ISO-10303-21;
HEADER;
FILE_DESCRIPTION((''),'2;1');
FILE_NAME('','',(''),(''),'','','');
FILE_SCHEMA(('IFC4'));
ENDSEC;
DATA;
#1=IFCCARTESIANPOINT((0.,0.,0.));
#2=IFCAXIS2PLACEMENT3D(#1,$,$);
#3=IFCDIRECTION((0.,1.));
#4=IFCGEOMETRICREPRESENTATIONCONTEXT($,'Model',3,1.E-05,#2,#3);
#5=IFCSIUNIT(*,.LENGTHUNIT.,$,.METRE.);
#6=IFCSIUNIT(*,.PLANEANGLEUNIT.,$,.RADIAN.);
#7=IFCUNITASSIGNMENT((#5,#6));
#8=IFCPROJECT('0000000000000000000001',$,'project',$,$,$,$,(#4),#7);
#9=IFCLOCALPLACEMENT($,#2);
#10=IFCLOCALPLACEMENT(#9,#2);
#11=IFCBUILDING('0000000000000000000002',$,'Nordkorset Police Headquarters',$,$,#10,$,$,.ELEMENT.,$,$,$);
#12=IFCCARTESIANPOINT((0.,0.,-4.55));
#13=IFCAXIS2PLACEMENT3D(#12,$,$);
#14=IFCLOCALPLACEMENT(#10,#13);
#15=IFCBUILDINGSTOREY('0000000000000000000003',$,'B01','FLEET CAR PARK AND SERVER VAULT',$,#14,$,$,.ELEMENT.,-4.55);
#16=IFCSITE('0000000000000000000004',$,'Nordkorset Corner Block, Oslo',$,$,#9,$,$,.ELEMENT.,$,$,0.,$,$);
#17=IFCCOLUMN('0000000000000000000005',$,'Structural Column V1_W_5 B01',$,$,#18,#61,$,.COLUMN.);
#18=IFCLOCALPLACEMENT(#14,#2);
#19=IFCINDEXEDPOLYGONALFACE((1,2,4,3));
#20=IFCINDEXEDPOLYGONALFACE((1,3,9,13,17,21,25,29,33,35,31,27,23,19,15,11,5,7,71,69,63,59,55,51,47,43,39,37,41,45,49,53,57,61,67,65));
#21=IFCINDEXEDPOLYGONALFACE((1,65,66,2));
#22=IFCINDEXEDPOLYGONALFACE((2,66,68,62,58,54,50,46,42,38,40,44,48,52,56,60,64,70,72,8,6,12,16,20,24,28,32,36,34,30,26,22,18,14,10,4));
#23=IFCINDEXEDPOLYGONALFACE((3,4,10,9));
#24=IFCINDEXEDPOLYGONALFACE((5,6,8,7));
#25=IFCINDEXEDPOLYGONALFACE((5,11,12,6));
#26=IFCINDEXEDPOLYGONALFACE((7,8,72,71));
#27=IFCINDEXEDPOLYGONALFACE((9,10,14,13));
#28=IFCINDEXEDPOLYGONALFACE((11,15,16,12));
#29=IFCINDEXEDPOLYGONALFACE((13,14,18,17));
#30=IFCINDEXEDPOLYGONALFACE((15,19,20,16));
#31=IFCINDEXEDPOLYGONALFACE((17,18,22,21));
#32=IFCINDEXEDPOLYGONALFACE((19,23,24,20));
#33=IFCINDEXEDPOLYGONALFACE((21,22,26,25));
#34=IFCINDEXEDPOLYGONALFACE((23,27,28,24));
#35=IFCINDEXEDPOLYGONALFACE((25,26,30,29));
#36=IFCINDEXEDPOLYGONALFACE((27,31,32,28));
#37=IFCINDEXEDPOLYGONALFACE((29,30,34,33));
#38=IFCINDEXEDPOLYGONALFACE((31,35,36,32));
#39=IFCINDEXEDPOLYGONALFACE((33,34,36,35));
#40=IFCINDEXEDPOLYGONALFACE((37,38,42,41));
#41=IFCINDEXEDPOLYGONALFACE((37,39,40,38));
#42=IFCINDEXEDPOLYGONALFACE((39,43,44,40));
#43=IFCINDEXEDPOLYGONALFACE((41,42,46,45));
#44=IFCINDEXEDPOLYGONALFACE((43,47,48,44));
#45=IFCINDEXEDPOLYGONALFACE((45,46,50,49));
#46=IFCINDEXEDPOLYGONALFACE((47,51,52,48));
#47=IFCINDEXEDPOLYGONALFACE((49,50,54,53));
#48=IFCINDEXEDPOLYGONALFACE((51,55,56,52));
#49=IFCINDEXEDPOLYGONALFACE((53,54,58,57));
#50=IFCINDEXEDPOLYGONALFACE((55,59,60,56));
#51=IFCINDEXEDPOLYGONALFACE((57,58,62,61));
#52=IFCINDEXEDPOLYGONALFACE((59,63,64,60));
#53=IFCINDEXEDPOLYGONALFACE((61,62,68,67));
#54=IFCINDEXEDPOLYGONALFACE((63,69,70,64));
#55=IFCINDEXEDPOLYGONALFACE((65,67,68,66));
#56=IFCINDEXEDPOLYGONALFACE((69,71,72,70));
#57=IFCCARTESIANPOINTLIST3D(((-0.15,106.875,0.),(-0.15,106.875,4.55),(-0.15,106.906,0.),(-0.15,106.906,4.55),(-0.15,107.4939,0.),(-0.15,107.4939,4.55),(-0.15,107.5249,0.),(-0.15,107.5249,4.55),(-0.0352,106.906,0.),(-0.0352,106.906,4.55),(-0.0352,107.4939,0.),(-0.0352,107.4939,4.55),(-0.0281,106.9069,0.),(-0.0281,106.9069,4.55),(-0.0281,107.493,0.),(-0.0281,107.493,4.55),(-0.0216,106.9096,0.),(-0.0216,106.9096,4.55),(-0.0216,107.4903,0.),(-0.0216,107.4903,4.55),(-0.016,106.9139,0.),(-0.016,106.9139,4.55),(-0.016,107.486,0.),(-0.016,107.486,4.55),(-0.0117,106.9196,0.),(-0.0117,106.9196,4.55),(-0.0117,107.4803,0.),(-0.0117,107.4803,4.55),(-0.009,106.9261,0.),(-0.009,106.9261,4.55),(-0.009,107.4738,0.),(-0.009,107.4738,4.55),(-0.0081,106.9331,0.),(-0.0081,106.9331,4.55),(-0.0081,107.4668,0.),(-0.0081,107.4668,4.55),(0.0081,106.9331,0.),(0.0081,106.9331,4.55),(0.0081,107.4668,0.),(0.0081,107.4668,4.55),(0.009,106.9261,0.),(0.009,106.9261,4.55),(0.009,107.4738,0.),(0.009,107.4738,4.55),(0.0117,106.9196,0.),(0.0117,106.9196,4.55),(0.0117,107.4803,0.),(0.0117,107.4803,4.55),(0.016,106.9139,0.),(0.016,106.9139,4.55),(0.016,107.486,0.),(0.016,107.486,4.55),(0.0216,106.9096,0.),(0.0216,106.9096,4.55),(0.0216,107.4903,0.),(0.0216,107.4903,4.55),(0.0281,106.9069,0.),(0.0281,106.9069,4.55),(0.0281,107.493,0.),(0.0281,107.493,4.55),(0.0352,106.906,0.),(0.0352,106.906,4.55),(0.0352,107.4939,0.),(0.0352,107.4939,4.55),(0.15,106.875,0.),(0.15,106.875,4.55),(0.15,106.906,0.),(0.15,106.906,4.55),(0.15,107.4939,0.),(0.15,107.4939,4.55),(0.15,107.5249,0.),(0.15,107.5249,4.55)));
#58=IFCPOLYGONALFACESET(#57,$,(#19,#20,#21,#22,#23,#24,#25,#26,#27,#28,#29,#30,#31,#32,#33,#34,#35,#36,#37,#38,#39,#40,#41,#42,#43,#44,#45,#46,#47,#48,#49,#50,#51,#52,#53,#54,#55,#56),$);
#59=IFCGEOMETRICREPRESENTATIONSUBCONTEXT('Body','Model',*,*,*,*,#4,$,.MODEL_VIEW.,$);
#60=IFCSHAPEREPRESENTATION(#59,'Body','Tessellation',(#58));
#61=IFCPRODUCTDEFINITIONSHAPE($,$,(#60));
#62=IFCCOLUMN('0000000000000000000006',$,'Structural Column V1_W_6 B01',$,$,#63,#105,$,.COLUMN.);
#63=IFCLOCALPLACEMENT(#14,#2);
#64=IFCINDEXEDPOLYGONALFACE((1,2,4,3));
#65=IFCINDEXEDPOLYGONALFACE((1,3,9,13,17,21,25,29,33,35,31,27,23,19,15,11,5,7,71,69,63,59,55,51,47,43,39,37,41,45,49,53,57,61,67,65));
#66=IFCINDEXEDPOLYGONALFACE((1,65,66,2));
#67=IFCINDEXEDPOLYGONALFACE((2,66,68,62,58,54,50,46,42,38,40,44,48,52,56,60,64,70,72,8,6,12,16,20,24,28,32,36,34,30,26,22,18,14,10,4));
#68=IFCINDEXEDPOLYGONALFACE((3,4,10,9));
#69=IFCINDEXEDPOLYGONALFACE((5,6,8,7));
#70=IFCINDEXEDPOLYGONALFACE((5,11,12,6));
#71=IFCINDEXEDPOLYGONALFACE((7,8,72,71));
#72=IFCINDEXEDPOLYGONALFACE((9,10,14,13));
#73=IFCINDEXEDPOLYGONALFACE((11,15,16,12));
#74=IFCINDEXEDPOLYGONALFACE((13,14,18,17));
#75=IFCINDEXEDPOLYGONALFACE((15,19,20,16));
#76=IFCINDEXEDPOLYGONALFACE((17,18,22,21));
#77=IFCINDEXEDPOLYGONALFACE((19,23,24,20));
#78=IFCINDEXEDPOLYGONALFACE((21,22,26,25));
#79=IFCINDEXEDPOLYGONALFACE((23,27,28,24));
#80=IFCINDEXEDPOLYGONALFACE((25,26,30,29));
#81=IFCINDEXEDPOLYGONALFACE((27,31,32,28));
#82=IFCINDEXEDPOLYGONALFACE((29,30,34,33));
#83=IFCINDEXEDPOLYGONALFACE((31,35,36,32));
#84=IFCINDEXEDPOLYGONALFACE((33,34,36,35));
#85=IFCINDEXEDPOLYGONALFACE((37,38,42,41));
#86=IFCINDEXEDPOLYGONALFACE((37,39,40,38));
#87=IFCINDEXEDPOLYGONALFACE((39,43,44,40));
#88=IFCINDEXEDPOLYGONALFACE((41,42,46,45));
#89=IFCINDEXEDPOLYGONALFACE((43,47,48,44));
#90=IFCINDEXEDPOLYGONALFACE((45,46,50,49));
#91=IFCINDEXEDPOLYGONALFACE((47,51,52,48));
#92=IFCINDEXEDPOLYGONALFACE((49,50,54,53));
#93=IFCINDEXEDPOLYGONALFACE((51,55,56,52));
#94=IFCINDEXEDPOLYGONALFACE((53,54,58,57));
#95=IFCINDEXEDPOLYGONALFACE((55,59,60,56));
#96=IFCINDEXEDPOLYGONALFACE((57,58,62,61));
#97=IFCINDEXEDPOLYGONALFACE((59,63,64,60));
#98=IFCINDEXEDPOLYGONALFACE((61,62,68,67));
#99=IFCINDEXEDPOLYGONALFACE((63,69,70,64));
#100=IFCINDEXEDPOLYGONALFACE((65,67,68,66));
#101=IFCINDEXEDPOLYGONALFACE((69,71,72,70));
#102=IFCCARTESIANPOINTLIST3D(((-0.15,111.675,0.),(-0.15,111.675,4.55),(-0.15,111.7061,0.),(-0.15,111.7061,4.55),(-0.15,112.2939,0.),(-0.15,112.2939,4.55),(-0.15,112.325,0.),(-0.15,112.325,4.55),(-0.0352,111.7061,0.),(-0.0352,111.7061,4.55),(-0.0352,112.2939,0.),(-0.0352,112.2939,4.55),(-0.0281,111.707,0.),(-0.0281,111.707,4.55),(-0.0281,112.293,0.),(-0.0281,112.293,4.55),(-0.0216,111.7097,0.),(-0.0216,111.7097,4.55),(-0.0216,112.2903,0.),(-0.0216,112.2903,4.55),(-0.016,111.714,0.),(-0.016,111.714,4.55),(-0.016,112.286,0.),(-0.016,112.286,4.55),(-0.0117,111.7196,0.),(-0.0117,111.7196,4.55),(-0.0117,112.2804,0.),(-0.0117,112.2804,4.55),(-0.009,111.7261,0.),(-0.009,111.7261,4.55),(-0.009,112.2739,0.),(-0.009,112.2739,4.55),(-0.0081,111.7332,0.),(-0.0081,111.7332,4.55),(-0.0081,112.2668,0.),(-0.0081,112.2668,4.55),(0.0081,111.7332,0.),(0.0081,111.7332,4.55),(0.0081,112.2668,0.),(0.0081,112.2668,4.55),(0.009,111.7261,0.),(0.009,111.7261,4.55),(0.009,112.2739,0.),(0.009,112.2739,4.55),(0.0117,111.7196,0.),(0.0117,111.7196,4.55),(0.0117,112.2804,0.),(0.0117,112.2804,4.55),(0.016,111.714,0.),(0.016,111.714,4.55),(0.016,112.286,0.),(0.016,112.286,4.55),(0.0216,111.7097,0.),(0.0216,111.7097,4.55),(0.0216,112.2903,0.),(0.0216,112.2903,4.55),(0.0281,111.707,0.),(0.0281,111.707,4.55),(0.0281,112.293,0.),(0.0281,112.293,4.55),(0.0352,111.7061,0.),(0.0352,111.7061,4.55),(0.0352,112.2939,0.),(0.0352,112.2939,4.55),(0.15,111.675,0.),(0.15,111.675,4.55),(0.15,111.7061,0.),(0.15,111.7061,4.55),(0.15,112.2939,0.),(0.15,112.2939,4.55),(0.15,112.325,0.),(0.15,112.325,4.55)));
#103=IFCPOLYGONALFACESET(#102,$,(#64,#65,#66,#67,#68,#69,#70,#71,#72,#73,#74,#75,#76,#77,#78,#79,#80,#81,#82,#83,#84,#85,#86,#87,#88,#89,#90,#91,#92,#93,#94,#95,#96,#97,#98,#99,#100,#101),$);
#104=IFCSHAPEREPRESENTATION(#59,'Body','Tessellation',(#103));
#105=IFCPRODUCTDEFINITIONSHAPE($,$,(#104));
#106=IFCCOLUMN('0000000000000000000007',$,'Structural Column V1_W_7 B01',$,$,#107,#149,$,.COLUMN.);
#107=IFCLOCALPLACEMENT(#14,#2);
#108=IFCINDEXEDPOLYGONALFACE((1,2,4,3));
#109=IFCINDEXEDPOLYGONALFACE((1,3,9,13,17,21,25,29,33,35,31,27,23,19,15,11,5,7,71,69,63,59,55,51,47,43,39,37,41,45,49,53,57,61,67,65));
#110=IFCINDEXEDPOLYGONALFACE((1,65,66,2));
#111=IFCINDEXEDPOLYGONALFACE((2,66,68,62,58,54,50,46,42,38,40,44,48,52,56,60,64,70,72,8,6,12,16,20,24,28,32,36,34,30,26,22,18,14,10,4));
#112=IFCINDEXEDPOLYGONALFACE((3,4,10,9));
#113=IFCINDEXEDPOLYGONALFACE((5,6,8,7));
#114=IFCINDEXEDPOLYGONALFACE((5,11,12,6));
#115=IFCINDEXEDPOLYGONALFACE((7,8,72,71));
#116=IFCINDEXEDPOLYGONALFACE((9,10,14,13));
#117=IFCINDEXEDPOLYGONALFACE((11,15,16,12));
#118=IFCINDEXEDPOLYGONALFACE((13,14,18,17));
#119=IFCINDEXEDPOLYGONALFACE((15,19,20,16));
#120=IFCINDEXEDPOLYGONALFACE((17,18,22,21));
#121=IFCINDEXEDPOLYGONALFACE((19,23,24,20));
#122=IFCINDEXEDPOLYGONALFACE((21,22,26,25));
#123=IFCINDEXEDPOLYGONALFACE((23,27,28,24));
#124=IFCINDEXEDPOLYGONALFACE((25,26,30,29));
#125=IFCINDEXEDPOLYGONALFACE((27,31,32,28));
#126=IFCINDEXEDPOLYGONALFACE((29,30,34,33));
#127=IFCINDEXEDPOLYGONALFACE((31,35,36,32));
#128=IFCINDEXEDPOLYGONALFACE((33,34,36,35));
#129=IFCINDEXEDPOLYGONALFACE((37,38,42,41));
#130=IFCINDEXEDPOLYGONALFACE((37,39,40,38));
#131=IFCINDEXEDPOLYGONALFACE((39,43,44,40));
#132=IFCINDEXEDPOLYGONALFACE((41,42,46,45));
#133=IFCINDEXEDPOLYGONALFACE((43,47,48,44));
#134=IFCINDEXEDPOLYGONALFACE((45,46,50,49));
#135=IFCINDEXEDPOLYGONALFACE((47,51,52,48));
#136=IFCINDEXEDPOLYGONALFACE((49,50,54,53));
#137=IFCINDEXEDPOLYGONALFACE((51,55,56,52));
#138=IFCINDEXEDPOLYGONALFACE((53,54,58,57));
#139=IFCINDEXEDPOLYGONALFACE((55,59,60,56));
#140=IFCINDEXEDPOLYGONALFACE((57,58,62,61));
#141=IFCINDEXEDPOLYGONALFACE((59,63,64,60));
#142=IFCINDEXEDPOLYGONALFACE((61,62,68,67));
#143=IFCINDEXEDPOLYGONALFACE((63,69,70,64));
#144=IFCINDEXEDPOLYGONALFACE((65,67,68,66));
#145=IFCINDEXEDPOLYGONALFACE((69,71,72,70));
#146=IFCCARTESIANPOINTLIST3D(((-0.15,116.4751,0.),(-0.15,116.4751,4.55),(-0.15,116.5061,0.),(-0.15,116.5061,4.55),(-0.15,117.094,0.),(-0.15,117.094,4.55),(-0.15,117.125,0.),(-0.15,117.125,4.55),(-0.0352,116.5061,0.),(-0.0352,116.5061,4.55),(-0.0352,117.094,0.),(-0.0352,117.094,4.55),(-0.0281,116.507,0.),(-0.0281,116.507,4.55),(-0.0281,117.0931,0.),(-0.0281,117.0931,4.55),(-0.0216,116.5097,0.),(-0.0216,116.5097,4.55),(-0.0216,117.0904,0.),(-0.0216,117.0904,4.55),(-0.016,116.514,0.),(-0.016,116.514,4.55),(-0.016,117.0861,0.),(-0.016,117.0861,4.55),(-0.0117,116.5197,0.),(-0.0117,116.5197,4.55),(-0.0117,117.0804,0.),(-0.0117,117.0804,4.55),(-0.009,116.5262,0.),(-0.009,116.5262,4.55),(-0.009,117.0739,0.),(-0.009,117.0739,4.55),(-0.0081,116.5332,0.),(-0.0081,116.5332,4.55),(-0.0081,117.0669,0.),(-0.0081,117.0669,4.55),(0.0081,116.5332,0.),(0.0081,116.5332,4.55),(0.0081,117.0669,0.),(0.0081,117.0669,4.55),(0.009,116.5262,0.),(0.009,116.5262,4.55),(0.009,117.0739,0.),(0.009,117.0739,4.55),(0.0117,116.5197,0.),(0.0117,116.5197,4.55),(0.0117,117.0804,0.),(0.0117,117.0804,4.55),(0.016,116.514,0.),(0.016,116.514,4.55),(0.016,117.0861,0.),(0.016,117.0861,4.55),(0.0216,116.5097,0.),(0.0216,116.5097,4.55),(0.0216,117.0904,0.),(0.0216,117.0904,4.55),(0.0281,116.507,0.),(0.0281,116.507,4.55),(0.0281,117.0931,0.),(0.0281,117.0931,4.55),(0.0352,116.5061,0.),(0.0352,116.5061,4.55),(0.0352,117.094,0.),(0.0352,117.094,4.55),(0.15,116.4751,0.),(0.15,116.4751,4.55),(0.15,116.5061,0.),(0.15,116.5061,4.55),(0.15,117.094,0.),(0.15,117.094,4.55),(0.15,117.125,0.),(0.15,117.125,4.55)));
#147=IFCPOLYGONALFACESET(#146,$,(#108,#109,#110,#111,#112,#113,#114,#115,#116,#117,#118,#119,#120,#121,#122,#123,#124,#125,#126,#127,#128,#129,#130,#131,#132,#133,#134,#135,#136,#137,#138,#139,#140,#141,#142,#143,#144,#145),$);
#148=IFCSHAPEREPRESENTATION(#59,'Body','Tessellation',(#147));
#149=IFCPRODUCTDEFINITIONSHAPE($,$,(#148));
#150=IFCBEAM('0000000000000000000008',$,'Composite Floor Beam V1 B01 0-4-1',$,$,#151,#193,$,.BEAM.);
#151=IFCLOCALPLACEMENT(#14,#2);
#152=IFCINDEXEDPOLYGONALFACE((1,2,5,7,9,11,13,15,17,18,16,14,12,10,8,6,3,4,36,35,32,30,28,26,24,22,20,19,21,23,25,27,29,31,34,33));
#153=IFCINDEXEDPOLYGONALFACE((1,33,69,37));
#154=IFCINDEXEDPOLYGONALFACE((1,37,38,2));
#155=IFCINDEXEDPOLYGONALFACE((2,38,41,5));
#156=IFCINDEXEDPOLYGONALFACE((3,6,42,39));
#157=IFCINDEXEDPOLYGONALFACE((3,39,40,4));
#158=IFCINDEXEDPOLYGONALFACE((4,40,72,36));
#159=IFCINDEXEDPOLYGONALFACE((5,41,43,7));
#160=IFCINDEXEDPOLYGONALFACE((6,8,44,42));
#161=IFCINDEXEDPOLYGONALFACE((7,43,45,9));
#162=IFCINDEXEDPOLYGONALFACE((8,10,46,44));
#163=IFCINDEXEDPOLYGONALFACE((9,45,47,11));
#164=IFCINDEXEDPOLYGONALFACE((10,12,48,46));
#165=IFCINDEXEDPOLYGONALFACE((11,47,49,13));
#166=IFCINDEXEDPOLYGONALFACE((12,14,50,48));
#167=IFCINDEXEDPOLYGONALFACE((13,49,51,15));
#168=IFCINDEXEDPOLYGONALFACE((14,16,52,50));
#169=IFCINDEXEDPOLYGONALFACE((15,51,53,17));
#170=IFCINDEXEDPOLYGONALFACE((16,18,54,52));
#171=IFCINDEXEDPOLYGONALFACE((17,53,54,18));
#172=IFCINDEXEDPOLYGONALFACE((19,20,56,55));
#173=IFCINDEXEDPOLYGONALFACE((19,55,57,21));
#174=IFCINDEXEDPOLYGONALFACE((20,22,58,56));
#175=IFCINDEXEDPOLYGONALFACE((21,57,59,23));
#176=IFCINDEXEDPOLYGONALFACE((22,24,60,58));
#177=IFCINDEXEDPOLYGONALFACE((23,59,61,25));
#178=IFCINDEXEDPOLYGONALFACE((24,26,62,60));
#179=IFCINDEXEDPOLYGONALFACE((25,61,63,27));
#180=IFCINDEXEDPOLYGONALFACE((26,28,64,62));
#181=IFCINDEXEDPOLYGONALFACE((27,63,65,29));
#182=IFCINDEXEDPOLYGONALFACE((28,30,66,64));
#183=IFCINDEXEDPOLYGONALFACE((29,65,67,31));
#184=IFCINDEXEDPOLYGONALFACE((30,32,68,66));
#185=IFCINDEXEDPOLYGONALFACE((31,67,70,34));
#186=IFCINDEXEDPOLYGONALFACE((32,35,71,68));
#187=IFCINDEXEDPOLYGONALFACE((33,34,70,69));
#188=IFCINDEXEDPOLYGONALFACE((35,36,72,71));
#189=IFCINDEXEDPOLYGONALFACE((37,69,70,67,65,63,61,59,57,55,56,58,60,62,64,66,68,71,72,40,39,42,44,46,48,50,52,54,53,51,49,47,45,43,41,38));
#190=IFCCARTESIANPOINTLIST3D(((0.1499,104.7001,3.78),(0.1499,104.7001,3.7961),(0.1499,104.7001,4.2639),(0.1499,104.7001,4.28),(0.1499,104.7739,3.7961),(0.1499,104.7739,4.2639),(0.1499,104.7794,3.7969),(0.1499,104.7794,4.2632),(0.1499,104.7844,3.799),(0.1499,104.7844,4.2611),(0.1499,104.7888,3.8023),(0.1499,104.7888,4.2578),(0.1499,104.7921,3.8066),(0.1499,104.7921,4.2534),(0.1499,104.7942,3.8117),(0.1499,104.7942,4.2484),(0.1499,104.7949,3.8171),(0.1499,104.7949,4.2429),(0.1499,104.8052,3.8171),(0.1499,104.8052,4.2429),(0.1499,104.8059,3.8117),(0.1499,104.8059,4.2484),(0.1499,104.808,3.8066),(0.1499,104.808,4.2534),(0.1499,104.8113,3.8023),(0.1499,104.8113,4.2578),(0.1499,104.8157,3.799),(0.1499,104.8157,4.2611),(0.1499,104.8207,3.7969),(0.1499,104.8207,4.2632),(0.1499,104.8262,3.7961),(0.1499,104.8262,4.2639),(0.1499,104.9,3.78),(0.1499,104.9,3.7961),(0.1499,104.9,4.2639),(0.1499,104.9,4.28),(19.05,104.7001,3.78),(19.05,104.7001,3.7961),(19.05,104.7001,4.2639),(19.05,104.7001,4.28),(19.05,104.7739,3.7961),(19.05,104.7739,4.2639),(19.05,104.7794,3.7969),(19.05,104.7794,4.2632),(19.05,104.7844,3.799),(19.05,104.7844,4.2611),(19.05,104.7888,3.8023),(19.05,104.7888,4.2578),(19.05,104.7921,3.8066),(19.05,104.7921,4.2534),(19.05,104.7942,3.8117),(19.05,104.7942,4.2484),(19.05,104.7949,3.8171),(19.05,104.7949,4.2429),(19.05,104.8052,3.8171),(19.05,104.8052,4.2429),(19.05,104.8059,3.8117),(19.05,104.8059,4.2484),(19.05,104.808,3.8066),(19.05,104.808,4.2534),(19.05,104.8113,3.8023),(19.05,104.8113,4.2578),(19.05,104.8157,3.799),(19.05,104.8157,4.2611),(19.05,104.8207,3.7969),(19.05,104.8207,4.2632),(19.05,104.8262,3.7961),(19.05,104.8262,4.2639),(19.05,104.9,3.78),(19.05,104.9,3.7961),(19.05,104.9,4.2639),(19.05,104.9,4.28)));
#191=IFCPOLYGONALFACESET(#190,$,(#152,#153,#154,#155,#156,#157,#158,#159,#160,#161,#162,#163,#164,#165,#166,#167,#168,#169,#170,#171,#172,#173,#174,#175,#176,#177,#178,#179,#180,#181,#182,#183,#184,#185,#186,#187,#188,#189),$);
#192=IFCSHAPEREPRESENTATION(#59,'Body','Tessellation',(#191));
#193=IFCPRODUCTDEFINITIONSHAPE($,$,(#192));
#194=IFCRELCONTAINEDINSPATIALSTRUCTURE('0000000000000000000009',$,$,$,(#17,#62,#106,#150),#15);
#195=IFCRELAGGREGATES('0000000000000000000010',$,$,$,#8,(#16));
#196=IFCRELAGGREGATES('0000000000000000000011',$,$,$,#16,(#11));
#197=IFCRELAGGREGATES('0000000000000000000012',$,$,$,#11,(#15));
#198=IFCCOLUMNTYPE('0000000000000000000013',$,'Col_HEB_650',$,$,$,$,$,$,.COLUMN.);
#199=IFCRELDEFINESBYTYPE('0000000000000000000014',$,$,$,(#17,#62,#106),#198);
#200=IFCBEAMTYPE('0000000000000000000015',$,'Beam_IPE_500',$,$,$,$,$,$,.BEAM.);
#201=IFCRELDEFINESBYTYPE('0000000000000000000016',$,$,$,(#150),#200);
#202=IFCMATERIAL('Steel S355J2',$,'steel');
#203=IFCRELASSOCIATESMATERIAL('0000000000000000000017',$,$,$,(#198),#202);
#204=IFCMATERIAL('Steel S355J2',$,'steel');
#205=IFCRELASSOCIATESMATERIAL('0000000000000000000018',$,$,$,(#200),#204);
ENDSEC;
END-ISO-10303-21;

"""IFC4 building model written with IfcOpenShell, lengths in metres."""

from ifc_helpers import new_model, si_unit, direction, frame, origin, origin_2d, place, context, subcontext, project, spatial, i_section, extrude, material, material_profile, profile_set, type_object, element, save


model = new_model("IFC4")

# Units and contexts
model_context = context("Model", 3, precision=1e-05, world=origin(), true_north=direction((0.0, 1.0)))
body_context = subcontext(model_context, "Body", "Model", "MODEL_VIEW")
ifc_project = project(units=[si_unit("LENGTHUNIT", "METRE"), si_unit("PLANEANGLEUNIT", "RADIAN")], contexts=[model_context])

# Site, building, storey
site_placement = place(None, origin())
site = spatial("IfcSite", under=ifc_project, at=site_placement, Name="Nordkorset Corner Block, Oslo", CompositionType="ELEMENT", RefElevation=0.0)
building_placement = place(site_placement, origin())
building = spatial("IfcBuilding", under=site, at=building_placement, Name="Nordkorset Police Headquarters", CompositionType="ELEMENT")
storey_placement = place(building_placement, frame((0.0, 0.0, -4.55)))
storey = spatial("IfcBuildingStorey", under=building, at=storey_placement, Name="B01", Description="FLEET CAR PARK AND SERVER VAULT", CompositionType="ELEMENT", Elevation=-4.55)

# Columns
ifc_material_1 = material(Name="Steel S355J2", Category="steel")
ifc_material_profile_1 = material_profile(ifc_material_1, i_section(OverallWidth=0.3, OverallDepth=0.6499, WebThickness=0.0161, FlangeThickness=0.031, FilletRadius=0.0271, at=origin_2d()), Name="HEB 650")
ifc_profile_set_1 = profile_set([ifc_material_profile_1], Name="Steel S355J2")
column_type = type_object("IfcColumnType", Name="Col_HEB_650", PredefinedType="COLUMN", material=ifc_profile_set_1)
for number, where, z_axis, x_axis, name in (
    (1, (0.0, 107.2, 0.0), (0.0, 0.0, 1.0), (1.0, 0.0, 0.0), "Structural Column V1_W_5 B01"),
    (2, (0.0, 112.0, 0.0), (0.0, 0.0, 1.0), (1.0, 0.0, 0.0), "Structural Column V1_W_6 B01"),
    (3, (0.0, 116.8, 0.0), (0.0, 0.0, 1.0), (1.0, 0.0, 0.0), "Structural Column V1_W_7 B01"),
):
    element("IfcColumn", number, at=place(storey_placement, frame(where, z_axis=z_axis, x_axis=x_axis)), inside=storey, type_object=column_type, Name=name, PredefinedType="COLUMN", context=body_context, shape_type="SweptSolid", body=[
        extrude(i_section(OverallWidth=0.3, OverallDepth=0.6499, WebThickness=0.0161, FlangeThickness=0.031, FilletRadius=0.0271, at=origin_2d()), origin(), (0.0, 0.0, 1.0), 4.55),
    ])

# Beam
ifc_material_2 = material(Name="Steel S355J2", Category="steel")
ifc_material_profile_2 = material_profile(ifc_material_2, i_section(OverallWidth=0.2, OverallDepth=0.5, WebThickness=0.0103, FlangeThickness=0.0161, FilletRadius=0.021, at=origin_2d()), Name="IPE 500")
ifc_profile_set_2 = profile_set([ifc_material_profile_2], Name="Steel S355J2")
beam_type_1 = type_object("IfcBeamType", Name="Beam_IPE_500", PredefinedType="BEAM", material=ifc_profile_set_2)
for number, where, z_axis, x_axis, name in (
    (4, (0.1499, 104.8, 4.03), (1.0, 0.0, 0.0), (0.0, 1.0, 0.0), "Composite Floor Beam V1 B01 0-4-1"),
):
    element("IfcBeam", number, at=place(storey_placement, frame(where, z_axis=z_axis, x_axis=x_axis)), inside=storey, type_object=beam_type_1, Name=name, PredefinedType="BEAM", context=body_context, shape_type="SweptSolid", body=[
        extrude(i_section(OverallWidth=0.2, OverallDepth=0.5, WebThickness=0.0103, FlangeThickness=0.0161, FilletRadius=0.021, at=origin_2d()), origin(), (0.0, 0.0, 1.0), 18.9001),
    ])

save(model, "model.ifc")
